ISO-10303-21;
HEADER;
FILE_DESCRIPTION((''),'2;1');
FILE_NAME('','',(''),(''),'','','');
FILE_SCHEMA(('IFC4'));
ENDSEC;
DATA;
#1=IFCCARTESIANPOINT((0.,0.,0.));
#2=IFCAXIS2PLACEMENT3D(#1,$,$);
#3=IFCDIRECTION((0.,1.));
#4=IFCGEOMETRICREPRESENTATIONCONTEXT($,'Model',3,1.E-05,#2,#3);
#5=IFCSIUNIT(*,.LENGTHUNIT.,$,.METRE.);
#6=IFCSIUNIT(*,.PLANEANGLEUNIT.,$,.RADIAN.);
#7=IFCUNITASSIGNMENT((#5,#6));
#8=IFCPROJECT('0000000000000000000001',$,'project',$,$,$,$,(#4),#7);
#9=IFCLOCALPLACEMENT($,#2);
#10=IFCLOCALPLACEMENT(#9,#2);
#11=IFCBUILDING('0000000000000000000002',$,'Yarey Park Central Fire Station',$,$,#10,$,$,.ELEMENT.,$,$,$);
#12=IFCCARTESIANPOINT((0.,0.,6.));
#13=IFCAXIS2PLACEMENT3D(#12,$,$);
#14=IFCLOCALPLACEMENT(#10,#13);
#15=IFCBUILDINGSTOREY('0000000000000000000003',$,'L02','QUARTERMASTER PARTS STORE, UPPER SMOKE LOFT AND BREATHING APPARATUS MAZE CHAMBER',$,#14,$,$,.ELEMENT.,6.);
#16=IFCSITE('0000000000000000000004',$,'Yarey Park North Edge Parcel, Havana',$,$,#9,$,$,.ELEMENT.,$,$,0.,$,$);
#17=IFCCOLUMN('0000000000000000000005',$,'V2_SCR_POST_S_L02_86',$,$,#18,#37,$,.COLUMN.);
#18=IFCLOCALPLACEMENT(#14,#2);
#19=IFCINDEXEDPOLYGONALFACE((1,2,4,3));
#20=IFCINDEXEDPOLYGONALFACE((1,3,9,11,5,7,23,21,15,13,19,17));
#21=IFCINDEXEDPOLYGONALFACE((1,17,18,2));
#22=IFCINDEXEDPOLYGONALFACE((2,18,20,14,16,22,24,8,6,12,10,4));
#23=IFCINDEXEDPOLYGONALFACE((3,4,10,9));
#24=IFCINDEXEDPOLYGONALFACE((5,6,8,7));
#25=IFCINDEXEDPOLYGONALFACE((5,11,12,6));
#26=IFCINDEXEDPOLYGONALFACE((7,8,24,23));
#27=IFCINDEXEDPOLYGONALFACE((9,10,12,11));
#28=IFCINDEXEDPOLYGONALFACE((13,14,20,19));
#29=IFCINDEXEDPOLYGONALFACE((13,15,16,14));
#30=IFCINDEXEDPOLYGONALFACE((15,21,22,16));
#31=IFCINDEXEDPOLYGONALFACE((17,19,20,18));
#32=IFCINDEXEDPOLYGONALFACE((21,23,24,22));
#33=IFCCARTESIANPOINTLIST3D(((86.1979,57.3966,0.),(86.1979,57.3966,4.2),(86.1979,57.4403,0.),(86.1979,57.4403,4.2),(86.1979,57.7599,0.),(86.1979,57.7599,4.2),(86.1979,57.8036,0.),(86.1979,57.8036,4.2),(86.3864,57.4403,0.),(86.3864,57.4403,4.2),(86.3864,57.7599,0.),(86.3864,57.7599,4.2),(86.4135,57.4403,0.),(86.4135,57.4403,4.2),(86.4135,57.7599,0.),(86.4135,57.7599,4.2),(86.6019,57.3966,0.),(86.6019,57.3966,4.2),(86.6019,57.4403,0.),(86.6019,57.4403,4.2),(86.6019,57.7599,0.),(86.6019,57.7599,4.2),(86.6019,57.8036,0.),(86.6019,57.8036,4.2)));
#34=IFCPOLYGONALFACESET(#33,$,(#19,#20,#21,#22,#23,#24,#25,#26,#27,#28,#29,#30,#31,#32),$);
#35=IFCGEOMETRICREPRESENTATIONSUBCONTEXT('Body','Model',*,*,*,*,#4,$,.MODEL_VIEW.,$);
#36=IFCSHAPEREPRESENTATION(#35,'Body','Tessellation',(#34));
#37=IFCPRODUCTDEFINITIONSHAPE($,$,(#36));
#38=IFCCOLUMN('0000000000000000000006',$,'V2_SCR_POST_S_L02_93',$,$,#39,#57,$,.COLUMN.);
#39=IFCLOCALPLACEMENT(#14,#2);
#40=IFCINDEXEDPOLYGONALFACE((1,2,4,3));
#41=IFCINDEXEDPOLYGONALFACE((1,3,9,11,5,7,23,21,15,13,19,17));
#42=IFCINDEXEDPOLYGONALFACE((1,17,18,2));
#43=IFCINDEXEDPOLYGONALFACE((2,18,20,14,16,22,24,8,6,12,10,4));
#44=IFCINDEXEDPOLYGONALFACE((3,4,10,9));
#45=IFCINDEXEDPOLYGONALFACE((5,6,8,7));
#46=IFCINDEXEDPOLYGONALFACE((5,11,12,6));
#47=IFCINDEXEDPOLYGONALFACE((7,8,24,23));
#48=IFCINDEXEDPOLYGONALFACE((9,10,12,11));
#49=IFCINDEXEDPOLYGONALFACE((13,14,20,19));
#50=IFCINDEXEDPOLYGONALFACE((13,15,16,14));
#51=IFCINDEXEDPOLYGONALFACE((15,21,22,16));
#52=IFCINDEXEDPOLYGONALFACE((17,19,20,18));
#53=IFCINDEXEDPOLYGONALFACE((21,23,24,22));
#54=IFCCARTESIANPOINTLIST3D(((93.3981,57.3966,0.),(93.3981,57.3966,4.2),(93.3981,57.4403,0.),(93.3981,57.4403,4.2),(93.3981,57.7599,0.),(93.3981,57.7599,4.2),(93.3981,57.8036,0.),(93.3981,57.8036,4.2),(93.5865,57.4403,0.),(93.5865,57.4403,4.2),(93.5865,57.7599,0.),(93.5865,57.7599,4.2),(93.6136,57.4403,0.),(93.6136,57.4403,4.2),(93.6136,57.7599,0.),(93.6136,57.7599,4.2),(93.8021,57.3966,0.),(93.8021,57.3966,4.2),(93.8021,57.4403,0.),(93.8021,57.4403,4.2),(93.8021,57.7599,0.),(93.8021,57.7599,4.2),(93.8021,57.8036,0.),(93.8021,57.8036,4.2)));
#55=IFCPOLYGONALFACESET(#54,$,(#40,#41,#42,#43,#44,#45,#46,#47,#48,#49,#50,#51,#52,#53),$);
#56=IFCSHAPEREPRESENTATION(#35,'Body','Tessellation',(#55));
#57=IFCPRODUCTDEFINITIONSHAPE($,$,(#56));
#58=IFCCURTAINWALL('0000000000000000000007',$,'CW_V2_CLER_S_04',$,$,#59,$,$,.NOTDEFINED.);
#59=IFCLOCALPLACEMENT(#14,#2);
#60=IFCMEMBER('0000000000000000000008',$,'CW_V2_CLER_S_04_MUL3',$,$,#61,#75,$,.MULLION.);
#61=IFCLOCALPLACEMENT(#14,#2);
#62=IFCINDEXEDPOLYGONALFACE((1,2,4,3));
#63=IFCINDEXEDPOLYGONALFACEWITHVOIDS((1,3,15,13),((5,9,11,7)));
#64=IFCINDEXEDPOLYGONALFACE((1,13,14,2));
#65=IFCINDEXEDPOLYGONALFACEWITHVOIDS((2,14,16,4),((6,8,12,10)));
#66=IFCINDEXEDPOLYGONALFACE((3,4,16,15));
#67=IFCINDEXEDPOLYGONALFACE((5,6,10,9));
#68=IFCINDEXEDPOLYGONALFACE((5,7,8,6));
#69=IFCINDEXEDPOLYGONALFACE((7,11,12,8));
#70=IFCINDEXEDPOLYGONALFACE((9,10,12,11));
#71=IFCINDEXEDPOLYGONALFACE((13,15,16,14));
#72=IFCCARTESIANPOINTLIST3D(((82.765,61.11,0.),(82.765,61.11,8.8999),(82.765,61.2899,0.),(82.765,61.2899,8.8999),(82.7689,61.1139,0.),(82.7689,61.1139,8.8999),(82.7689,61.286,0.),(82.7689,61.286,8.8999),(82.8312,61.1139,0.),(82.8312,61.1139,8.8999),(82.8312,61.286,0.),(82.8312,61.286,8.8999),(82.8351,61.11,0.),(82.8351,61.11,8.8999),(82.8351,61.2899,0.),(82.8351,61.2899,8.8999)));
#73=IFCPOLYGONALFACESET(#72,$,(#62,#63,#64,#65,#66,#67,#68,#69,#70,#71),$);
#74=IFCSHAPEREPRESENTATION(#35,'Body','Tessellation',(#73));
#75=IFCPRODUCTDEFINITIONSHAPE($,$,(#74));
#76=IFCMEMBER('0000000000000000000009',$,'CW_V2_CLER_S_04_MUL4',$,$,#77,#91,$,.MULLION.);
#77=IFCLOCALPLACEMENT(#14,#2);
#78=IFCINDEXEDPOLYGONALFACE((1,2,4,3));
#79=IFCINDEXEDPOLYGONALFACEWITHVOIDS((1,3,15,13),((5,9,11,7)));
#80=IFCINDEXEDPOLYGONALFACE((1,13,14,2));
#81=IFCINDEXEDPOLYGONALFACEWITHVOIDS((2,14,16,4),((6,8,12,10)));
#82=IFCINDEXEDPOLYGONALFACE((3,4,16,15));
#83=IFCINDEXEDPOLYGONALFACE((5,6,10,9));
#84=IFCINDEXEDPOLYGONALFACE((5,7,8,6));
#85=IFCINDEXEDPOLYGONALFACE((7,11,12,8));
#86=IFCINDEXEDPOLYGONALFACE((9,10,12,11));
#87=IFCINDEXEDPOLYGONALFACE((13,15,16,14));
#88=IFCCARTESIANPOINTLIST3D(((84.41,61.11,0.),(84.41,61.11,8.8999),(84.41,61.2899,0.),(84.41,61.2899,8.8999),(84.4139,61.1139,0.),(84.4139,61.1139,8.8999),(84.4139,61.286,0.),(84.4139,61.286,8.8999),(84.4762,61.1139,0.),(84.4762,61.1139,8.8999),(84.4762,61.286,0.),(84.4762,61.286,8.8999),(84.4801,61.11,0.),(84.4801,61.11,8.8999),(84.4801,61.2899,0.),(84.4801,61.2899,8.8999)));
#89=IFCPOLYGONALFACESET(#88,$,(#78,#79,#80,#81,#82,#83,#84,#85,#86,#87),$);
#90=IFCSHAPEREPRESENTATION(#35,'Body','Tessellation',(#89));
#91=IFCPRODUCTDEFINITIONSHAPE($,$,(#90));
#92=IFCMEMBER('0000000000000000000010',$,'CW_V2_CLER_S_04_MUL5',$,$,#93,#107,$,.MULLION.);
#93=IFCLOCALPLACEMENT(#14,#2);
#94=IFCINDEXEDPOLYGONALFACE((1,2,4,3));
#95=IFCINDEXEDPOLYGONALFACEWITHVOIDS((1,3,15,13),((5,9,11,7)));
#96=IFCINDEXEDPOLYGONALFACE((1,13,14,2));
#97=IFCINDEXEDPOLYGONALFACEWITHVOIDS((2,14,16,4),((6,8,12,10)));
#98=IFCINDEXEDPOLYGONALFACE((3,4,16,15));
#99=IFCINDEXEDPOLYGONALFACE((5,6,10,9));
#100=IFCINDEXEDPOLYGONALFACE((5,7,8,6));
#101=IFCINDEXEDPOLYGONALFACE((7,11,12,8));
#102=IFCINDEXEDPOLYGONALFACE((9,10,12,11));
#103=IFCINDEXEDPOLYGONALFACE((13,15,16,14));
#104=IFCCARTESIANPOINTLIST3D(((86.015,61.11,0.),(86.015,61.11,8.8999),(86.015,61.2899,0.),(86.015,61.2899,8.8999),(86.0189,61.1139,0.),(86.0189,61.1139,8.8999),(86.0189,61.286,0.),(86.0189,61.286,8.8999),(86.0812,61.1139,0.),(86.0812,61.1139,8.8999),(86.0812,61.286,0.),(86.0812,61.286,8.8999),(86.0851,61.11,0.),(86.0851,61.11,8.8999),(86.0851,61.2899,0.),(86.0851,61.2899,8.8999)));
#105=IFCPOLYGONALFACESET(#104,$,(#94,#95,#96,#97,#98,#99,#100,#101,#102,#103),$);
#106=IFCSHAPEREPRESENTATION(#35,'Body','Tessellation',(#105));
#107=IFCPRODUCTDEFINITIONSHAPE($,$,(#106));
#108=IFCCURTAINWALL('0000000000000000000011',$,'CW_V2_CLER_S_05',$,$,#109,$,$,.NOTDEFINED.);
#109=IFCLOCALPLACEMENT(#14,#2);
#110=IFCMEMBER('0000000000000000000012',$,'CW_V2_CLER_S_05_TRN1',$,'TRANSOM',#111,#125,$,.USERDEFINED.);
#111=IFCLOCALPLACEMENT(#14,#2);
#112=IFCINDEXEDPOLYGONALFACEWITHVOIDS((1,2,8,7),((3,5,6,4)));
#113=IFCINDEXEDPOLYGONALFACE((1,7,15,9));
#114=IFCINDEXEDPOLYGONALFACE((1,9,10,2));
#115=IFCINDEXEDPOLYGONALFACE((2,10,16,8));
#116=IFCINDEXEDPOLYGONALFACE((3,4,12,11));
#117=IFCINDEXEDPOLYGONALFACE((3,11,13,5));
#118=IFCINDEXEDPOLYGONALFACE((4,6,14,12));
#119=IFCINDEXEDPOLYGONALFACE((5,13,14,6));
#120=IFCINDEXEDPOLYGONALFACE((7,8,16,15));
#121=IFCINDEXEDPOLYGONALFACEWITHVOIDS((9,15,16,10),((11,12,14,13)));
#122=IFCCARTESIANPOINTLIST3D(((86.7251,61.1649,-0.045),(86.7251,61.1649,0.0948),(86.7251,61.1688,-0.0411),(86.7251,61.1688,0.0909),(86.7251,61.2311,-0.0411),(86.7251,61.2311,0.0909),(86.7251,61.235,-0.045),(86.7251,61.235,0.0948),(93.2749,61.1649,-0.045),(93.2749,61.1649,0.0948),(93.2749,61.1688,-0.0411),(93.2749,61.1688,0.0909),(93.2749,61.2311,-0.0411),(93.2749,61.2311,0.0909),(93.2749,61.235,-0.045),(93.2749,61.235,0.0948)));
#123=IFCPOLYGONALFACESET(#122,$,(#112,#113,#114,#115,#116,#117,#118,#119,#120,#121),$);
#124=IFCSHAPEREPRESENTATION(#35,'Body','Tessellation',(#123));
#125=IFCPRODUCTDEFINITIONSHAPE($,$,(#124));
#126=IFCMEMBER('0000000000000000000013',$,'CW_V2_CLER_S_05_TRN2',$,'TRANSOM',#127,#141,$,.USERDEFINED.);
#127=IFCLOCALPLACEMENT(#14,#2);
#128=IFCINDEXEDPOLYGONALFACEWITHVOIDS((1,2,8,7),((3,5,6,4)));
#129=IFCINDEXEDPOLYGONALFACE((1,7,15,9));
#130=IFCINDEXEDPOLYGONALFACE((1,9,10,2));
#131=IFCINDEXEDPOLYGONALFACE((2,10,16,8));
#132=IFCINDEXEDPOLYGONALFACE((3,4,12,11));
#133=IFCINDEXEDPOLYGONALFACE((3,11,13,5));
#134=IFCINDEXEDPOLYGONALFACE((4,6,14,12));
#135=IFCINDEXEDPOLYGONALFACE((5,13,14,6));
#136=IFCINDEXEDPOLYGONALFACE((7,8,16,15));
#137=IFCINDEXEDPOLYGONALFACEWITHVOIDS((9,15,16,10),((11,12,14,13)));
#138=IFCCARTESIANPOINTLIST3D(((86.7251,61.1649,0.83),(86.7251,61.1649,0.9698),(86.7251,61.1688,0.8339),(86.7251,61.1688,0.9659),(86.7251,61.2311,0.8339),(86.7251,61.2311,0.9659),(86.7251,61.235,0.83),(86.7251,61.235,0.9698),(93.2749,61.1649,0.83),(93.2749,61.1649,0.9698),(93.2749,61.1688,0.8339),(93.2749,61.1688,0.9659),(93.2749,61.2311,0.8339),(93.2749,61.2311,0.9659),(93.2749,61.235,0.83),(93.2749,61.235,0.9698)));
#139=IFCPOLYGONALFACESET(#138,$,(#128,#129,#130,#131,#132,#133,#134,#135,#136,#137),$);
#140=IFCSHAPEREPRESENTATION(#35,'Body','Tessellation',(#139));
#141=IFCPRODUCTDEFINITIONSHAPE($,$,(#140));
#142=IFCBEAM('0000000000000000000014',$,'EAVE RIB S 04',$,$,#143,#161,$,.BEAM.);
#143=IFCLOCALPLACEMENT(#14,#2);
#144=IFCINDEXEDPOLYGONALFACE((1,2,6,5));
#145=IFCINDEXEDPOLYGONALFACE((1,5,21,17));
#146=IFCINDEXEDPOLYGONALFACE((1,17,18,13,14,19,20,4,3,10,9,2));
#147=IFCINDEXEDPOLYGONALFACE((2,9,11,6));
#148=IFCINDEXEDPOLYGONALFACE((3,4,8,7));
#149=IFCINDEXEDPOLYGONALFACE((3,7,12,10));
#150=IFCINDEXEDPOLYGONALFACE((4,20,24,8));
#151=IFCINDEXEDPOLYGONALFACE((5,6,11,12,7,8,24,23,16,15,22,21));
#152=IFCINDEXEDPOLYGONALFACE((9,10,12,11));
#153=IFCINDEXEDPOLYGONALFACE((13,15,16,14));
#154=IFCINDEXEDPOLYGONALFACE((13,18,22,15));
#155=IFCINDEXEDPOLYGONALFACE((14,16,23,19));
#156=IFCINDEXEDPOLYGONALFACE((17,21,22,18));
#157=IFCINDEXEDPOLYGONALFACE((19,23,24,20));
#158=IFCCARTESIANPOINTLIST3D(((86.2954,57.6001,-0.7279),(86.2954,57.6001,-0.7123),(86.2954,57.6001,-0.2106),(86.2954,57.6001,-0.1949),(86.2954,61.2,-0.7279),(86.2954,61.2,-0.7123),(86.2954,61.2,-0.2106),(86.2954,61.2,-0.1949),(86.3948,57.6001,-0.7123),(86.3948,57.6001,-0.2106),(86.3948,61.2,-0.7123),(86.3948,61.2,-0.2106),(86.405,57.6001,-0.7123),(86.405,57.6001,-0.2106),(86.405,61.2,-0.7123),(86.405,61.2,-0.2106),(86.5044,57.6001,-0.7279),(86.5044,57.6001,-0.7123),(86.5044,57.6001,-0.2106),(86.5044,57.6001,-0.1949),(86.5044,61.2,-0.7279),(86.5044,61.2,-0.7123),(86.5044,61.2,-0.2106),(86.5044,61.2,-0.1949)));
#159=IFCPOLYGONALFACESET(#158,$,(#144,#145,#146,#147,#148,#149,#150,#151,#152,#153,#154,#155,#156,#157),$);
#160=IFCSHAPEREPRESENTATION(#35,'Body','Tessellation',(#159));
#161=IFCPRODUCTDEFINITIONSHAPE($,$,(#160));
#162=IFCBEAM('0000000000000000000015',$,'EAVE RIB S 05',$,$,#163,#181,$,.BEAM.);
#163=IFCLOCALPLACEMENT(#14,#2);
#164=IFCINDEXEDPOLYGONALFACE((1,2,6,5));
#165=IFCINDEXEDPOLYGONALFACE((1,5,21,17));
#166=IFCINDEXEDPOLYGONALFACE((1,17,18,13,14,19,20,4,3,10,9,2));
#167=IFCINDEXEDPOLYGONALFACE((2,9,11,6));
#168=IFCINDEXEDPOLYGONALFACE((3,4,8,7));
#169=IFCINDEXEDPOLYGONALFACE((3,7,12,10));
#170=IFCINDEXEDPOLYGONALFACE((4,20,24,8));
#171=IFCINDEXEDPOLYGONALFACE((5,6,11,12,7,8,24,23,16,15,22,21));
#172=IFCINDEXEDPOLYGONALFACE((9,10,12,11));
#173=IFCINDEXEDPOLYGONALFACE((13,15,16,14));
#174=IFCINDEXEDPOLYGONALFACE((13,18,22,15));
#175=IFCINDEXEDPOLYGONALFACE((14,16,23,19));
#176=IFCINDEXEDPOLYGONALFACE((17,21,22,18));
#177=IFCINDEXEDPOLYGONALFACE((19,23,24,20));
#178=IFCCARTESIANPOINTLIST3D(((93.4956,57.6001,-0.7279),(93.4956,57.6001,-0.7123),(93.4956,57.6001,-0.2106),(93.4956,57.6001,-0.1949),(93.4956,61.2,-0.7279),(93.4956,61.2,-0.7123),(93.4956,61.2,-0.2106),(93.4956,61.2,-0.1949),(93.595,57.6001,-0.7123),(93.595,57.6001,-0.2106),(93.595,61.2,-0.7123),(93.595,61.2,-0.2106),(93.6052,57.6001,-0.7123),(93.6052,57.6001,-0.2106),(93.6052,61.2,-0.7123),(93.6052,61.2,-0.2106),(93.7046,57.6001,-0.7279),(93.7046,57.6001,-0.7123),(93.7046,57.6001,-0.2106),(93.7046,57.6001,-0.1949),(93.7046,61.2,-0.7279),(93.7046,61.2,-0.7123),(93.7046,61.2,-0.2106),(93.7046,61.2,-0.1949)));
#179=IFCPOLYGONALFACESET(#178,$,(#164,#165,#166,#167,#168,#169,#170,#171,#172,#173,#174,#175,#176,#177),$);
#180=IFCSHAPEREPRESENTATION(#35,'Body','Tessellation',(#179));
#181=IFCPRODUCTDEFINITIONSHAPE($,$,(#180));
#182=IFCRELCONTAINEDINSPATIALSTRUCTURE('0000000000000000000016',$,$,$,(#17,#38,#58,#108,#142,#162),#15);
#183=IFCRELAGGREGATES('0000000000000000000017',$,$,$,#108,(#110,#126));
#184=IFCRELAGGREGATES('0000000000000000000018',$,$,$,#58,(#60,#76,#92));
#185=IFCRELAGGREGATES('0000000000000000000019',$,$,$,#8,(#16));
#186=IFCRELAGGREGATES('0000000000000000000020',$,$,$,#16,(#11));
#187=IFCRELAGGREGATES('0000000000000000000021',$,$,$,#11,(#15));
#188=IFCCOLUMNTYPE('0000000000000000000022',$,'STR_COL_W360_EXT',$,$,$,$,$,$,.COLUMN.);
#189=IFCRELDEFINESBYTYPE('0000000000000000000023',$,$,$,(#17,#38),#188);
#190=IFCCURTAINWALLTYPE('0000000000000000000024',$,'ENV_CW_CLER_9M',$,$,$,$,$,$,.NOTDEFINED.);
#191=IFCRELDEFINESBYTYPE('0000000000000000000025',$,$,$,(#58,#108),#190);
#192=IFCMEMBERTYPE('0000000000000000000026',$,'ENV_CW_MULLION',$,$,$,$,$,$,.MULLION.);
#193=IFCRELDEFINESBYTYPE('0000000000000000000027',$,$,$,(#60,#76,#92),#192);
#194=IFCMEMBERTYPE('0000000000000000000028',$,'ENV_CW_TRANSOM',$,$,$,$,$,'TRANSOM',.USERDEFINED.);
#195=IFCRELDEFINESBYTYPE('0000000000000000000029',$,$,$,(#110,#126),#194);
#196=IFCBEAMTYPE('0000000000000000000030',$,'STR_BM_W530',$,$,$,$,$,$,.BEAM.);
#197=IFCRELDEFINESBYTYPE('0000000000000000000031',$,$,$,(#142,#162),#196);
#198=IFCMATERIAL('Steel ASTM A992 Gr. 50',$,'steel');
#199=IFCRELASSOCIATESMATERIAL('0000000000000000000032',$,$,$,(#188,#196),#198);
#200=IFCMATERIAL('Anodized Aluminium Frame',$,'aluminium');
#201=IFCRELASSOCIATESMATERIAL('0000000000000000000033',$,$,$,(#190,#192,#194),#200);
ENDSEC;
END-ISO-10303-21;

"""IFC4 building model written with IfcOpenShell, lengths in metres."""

from ifc_helpers import new_model, si_unit, direction, frame, origin, origin_2d, place, context, subcontext, project, spatial, hollow_rectangle, i_section, extrude, material, material_profile, profile_set, type_object, element, aggregate, save


model = new_model("IFC4")

# Units and contexts
model_context = context("Model", 3, precision=1e-05, world=origin(), true_north=direction((0.0, 1.0)))
body_context = subcontext(model_context, "Body", "Model", "MODEL_VIEW")
ifc_project = project(units=[si_unit("LENGTHUNIT", "METRE"), si_unit("PLANEANGLEUNIT", "RADIAN")], contexts=[model_context])

# Site, building, storey
site_placement = place(None, origin())
site = spatial("IfcSite", under=ifc_project, at=site_placement, Name="Yarey Park North Edge Parcel, Havana", CompositionType="ELEMENT", RefElevation=0.0)
building_placement = place(site_placement, origin())
building = spatial("IfcBuilding", under=site, at=building_placement, Name="Yarey Park Central Fire Station", CompositionType="ELEMENT")
storey_placement = place(building_placement, frame((0.0, 0.0, 6.0)))
storey = spatial("IfcBuildingStorey", under=building, at=storey_placement, Name="L02", Description="QUARTERMASTER PARTS STORE, UPPER SMOKE LOFT AND BREATHING APPARATUS MAZE CHAMBER", CompositionType="ELEMENT", Elevation=6.0)

# Columns
ifc_material_1 = material(Name="Steel ASTM A992 Gr. 50", Category="steel")
ifc_material_profile_1 = material_profile(ifc_material_1, i_section(OverallWidth=0.4041, OverallDepth=0.407, WebThickness=0.0271, FlangeThickness=0.0437, at=origin_2d()), Name="W360x347")
ifc_profile_set_1 = profile_set([ifc_material_profile_1], Name="Steel ASTM A992 Gr. 50")
column_type = type_object("IfcColumnType", Name="STR_COL_W360_EXT", PredefinedType="COLUMN", material=ifc_profile_set_1)
for number, where, z_axis, x_axis, name in (
    (1, (86.3999, 57.6001, 0.0), (0.0, 0.0, 1.0), (1.0, 0.0, 0.0), "V2_SCR_POST_S_L02_86"),
    (2, (93.6001, 57.6001, 0.0), (0.0, 0.0, 1.0), (1.0, 0.0, 0.0), "V2_SCR_POST_S_L02_93"),
):
    element("IfcColumn", number, at=place(storey_placement, frame(where, z_axis=z_axis, x_axis=x_axis)), inside=storey, type_object=column_type, Name=name, PredefinedType="COLUMN", context=body_context, shape_type="SweptSolid", body=[
        extrude(i_section(OverallWidth=0.4041, OverallDepth=0.407, WebThickness=0.0271, FlangeThickness=0.0437, at=origin_2d()), origin(), (0.0, 0.0, 1.0), 4.2),
    ])

# Curtain walls, members
ifc_material_2 = material(Name="Anodized Aluminium Frame", Category="aluminium")
curtain_wall_type = type_object("IfcCurtainWallType", Name="ENV_CW_CLER_9M", PredefinedType="NOTDEFINED", material=ifc_material_2)
curtain_wall_1_placement = place(storey_placement, origin())
curtain_wall_1 = element("IfcCurtainWall", 3, at=curtain_wall_1_placement, inside=storey, type_object=curtain_wall_type, Name="CW_V2_CLER_S_04", PredefinedType="NOTDEFINED")
ifc_material_profile_2 = material_profile(ifc_material_2, hollow_rectangle(XDim=0.0701, YDim=0.1799, WallThickness=0.0039, at=origin_2d()), Name="ALU 180x70x4")
ifc_profile_set_2 = profile_set([ifc_material_profile_2], Name="Anodized Aluminium Frame")
member_type_1 = type_object("IfcMemberType", Name="ENV_CW_MULLION", PredefinedType="MULLION", material=ifc_profile_set_2)
member_1_placement = place(storey_placement, frame((82.8, 61.2, 0.0), z_axis=(0.0, 0.0, 1.0), x_axis=(1.0, 0.0, 0.0)))
member_1 = element("IfcMember", 4, at=member_1_placement, type_object=member_type_1, Name="CW_V2_CLER_S_04_MUL3", PredefinedType="MULLION", context=body_context, shape_type="SweptSolid", body=[
    extrude(hollow_rectangle(XDim=0.0701, YDim=0.1799, WallThickness=0.0039, at=origin_2d()), origin(), (0.0, 0.0, 1.0), 8.8999),
])
member_2_placement = place(storey_placement, frame((84.4451, 61.2, 0.0), z_axis=(0.0, 0.0, 1.0), x_axis=(1.0, 0.0, 0.0)))
member_2 = element("IfcMember", 5, at=member_2_placement, type_object=member_type_1, Name="CW_V2_CLER_S_04_MUL4", PredefinedType="MULLION", context=body_context, shape_type="SweptSolid", body=[
    extrude(hollow_rectangle(XDim=0.0701, YDim=0.1799, WallThickness=0.0039, at=origin_2d()), origin(), (0.0, 0.0, 1.0), 8.8999),
])
member_3_placement = place(storey_placement, frame((86.05, 61.2, 0.0), z_axis=(0.0, 0.0, 1.0), x_axis=(1.0, 0.0, 0.0)))
member_3 = element("IfcMember", 6, at=member_3_placement, type_object=member_type_1, Name="CW_V2_CLER_S_04_MUL5", PredefinedType="MULLION", context=body_context, shape_type="SweptSolid", body=[
    extrude(hollow_rectangle(XDim=0.0701, YDim=0.1799, WallThickness=0.0039, at=origin_2d()), origin(), (0.0, 0.0, 1.0), 8.8999),
])
curtain_wall_2_placement = place(storey_placement, origin())
curtain_wall_2 = element("IfcCurtainWall", 7, at=curtain_wall_2_placement, inside=storey, type_object=curtain_wall_type, Name="CW_V2_CLER_S_05", PredefinedType="NOTDEFINED")
ifc_material_profile_3 = material_profile(ifc_material_2, hollow_rectangle(XDim=0.0701, YDim=0.1399, WallThickness=0.0039, at=origin_2d()), Name="ALU 140x70x4")
ifc_profile_set_3 = profile_set([ifc_material_profile_3], Name="Anodized Aluminium Frame")
member_type_2 = type_object("IfcMemberType", Name="ENV_CW_TRANSOM", ElementType="TRANSOM", PredefinedType="USERDEFINED", material=ifc_profile_set_3)
member_4_placement = place(storey_placement, frame((86.7251, 61.2, 0.0249), z_axis=(1.0, 0.0, 0.0), x_axis=(0.0, 1.0, 0.0)))
member_4 = element("IfcMember", 8, at=member_4_placement, type_object=member_type_2, Name="CW_V2_CLER_S_05_TRN1", ObjectType="TRANSOM", PredefinedType="USERDEFINED", context=body_context, shape_type="SweptSolid", body=[
    extrude(hollow_rectangle(XDim=0.0701, YDim=0.1399, WallThickness=0.0039, at=origin_2d()), origin(), (0.0, 0.0, 1.0), 6.5498),
])
member_5_placement = place(storey_placement, frame((86.7251, 61.2, 0.8999), z_axis=(1.0, 0.0, 0.0), x_axis=(0.0, 1.0, 0.0)))
member_5 = element("IfcMember", 9, at=member_5_placement, type_object=member_type_2, Name="CW_V2_CLER_S_05_TRN2", ObjectType="TRANSOM", PredefinedType="USERDEFINED", context=body_context, shape_type="SweptSolid", body=[
    extrude(hollow_rectangle(XDim=0.0701, YDim=0.1399, WallThickness=0.0039, at=origin_2d()), origin(), (0.0, 0.0, 1.0), 6.5498),
])
aggregate(curtain_wall_2, [member_4, member_5])

# Beams
ifc_material_profile_4 = material_profile(ifc_material_1, i_section(OverallWidth=0.209, OverallDepth=0.533, WebThickness=0.0103, FlangeThickness=0.0156, at=origin_2d()), Name="W530x92")
ifc_profile_set_4 = profile_set([ifc_material_profile_4], Name="Steel ASTM A992 Gr. 50")
beam_type_1 = type_object("IfcBeamType", Name="STR_BM_W530", PredefinedType="BEAM", material=ifc_profile_set_4)
for number, where, z_axis, x_axis, name in (
    (10, (86.3999, 57.6001, -0.4614), (0.0, 1.0, 0.0), (-1.0, 0.0, 0.0), "EAVE RIB S 04"),
    (11, (93.6001, 57.6001, -0.4614), (0.0, 1.0, 0.0), (-1.0, 0.0, 0.0), "EAVE RIB S 05"),
):
    element("IfcBeam", number, at=place(storey_placement, frame(where, z_axis=z_axis, x_axis=x_axis)), inside=storey, type_object=beam_type_1, Name=name, PredefinedType="BEAM", context=body_context, shape_type="SweptSolid", body=[
        extrude(i_section(OverallWidth=0.209, OverallDepth=0.533, WebThickness=0.0103, FlangeThickness=0.0156, at=origin_2d()), origin(), (0.0, 0.0, 1.0), 3.5999),
    ])

aggregate(curtain_wall_1, [member_1, member_2, member_3])

save(model, "model.ifc")
